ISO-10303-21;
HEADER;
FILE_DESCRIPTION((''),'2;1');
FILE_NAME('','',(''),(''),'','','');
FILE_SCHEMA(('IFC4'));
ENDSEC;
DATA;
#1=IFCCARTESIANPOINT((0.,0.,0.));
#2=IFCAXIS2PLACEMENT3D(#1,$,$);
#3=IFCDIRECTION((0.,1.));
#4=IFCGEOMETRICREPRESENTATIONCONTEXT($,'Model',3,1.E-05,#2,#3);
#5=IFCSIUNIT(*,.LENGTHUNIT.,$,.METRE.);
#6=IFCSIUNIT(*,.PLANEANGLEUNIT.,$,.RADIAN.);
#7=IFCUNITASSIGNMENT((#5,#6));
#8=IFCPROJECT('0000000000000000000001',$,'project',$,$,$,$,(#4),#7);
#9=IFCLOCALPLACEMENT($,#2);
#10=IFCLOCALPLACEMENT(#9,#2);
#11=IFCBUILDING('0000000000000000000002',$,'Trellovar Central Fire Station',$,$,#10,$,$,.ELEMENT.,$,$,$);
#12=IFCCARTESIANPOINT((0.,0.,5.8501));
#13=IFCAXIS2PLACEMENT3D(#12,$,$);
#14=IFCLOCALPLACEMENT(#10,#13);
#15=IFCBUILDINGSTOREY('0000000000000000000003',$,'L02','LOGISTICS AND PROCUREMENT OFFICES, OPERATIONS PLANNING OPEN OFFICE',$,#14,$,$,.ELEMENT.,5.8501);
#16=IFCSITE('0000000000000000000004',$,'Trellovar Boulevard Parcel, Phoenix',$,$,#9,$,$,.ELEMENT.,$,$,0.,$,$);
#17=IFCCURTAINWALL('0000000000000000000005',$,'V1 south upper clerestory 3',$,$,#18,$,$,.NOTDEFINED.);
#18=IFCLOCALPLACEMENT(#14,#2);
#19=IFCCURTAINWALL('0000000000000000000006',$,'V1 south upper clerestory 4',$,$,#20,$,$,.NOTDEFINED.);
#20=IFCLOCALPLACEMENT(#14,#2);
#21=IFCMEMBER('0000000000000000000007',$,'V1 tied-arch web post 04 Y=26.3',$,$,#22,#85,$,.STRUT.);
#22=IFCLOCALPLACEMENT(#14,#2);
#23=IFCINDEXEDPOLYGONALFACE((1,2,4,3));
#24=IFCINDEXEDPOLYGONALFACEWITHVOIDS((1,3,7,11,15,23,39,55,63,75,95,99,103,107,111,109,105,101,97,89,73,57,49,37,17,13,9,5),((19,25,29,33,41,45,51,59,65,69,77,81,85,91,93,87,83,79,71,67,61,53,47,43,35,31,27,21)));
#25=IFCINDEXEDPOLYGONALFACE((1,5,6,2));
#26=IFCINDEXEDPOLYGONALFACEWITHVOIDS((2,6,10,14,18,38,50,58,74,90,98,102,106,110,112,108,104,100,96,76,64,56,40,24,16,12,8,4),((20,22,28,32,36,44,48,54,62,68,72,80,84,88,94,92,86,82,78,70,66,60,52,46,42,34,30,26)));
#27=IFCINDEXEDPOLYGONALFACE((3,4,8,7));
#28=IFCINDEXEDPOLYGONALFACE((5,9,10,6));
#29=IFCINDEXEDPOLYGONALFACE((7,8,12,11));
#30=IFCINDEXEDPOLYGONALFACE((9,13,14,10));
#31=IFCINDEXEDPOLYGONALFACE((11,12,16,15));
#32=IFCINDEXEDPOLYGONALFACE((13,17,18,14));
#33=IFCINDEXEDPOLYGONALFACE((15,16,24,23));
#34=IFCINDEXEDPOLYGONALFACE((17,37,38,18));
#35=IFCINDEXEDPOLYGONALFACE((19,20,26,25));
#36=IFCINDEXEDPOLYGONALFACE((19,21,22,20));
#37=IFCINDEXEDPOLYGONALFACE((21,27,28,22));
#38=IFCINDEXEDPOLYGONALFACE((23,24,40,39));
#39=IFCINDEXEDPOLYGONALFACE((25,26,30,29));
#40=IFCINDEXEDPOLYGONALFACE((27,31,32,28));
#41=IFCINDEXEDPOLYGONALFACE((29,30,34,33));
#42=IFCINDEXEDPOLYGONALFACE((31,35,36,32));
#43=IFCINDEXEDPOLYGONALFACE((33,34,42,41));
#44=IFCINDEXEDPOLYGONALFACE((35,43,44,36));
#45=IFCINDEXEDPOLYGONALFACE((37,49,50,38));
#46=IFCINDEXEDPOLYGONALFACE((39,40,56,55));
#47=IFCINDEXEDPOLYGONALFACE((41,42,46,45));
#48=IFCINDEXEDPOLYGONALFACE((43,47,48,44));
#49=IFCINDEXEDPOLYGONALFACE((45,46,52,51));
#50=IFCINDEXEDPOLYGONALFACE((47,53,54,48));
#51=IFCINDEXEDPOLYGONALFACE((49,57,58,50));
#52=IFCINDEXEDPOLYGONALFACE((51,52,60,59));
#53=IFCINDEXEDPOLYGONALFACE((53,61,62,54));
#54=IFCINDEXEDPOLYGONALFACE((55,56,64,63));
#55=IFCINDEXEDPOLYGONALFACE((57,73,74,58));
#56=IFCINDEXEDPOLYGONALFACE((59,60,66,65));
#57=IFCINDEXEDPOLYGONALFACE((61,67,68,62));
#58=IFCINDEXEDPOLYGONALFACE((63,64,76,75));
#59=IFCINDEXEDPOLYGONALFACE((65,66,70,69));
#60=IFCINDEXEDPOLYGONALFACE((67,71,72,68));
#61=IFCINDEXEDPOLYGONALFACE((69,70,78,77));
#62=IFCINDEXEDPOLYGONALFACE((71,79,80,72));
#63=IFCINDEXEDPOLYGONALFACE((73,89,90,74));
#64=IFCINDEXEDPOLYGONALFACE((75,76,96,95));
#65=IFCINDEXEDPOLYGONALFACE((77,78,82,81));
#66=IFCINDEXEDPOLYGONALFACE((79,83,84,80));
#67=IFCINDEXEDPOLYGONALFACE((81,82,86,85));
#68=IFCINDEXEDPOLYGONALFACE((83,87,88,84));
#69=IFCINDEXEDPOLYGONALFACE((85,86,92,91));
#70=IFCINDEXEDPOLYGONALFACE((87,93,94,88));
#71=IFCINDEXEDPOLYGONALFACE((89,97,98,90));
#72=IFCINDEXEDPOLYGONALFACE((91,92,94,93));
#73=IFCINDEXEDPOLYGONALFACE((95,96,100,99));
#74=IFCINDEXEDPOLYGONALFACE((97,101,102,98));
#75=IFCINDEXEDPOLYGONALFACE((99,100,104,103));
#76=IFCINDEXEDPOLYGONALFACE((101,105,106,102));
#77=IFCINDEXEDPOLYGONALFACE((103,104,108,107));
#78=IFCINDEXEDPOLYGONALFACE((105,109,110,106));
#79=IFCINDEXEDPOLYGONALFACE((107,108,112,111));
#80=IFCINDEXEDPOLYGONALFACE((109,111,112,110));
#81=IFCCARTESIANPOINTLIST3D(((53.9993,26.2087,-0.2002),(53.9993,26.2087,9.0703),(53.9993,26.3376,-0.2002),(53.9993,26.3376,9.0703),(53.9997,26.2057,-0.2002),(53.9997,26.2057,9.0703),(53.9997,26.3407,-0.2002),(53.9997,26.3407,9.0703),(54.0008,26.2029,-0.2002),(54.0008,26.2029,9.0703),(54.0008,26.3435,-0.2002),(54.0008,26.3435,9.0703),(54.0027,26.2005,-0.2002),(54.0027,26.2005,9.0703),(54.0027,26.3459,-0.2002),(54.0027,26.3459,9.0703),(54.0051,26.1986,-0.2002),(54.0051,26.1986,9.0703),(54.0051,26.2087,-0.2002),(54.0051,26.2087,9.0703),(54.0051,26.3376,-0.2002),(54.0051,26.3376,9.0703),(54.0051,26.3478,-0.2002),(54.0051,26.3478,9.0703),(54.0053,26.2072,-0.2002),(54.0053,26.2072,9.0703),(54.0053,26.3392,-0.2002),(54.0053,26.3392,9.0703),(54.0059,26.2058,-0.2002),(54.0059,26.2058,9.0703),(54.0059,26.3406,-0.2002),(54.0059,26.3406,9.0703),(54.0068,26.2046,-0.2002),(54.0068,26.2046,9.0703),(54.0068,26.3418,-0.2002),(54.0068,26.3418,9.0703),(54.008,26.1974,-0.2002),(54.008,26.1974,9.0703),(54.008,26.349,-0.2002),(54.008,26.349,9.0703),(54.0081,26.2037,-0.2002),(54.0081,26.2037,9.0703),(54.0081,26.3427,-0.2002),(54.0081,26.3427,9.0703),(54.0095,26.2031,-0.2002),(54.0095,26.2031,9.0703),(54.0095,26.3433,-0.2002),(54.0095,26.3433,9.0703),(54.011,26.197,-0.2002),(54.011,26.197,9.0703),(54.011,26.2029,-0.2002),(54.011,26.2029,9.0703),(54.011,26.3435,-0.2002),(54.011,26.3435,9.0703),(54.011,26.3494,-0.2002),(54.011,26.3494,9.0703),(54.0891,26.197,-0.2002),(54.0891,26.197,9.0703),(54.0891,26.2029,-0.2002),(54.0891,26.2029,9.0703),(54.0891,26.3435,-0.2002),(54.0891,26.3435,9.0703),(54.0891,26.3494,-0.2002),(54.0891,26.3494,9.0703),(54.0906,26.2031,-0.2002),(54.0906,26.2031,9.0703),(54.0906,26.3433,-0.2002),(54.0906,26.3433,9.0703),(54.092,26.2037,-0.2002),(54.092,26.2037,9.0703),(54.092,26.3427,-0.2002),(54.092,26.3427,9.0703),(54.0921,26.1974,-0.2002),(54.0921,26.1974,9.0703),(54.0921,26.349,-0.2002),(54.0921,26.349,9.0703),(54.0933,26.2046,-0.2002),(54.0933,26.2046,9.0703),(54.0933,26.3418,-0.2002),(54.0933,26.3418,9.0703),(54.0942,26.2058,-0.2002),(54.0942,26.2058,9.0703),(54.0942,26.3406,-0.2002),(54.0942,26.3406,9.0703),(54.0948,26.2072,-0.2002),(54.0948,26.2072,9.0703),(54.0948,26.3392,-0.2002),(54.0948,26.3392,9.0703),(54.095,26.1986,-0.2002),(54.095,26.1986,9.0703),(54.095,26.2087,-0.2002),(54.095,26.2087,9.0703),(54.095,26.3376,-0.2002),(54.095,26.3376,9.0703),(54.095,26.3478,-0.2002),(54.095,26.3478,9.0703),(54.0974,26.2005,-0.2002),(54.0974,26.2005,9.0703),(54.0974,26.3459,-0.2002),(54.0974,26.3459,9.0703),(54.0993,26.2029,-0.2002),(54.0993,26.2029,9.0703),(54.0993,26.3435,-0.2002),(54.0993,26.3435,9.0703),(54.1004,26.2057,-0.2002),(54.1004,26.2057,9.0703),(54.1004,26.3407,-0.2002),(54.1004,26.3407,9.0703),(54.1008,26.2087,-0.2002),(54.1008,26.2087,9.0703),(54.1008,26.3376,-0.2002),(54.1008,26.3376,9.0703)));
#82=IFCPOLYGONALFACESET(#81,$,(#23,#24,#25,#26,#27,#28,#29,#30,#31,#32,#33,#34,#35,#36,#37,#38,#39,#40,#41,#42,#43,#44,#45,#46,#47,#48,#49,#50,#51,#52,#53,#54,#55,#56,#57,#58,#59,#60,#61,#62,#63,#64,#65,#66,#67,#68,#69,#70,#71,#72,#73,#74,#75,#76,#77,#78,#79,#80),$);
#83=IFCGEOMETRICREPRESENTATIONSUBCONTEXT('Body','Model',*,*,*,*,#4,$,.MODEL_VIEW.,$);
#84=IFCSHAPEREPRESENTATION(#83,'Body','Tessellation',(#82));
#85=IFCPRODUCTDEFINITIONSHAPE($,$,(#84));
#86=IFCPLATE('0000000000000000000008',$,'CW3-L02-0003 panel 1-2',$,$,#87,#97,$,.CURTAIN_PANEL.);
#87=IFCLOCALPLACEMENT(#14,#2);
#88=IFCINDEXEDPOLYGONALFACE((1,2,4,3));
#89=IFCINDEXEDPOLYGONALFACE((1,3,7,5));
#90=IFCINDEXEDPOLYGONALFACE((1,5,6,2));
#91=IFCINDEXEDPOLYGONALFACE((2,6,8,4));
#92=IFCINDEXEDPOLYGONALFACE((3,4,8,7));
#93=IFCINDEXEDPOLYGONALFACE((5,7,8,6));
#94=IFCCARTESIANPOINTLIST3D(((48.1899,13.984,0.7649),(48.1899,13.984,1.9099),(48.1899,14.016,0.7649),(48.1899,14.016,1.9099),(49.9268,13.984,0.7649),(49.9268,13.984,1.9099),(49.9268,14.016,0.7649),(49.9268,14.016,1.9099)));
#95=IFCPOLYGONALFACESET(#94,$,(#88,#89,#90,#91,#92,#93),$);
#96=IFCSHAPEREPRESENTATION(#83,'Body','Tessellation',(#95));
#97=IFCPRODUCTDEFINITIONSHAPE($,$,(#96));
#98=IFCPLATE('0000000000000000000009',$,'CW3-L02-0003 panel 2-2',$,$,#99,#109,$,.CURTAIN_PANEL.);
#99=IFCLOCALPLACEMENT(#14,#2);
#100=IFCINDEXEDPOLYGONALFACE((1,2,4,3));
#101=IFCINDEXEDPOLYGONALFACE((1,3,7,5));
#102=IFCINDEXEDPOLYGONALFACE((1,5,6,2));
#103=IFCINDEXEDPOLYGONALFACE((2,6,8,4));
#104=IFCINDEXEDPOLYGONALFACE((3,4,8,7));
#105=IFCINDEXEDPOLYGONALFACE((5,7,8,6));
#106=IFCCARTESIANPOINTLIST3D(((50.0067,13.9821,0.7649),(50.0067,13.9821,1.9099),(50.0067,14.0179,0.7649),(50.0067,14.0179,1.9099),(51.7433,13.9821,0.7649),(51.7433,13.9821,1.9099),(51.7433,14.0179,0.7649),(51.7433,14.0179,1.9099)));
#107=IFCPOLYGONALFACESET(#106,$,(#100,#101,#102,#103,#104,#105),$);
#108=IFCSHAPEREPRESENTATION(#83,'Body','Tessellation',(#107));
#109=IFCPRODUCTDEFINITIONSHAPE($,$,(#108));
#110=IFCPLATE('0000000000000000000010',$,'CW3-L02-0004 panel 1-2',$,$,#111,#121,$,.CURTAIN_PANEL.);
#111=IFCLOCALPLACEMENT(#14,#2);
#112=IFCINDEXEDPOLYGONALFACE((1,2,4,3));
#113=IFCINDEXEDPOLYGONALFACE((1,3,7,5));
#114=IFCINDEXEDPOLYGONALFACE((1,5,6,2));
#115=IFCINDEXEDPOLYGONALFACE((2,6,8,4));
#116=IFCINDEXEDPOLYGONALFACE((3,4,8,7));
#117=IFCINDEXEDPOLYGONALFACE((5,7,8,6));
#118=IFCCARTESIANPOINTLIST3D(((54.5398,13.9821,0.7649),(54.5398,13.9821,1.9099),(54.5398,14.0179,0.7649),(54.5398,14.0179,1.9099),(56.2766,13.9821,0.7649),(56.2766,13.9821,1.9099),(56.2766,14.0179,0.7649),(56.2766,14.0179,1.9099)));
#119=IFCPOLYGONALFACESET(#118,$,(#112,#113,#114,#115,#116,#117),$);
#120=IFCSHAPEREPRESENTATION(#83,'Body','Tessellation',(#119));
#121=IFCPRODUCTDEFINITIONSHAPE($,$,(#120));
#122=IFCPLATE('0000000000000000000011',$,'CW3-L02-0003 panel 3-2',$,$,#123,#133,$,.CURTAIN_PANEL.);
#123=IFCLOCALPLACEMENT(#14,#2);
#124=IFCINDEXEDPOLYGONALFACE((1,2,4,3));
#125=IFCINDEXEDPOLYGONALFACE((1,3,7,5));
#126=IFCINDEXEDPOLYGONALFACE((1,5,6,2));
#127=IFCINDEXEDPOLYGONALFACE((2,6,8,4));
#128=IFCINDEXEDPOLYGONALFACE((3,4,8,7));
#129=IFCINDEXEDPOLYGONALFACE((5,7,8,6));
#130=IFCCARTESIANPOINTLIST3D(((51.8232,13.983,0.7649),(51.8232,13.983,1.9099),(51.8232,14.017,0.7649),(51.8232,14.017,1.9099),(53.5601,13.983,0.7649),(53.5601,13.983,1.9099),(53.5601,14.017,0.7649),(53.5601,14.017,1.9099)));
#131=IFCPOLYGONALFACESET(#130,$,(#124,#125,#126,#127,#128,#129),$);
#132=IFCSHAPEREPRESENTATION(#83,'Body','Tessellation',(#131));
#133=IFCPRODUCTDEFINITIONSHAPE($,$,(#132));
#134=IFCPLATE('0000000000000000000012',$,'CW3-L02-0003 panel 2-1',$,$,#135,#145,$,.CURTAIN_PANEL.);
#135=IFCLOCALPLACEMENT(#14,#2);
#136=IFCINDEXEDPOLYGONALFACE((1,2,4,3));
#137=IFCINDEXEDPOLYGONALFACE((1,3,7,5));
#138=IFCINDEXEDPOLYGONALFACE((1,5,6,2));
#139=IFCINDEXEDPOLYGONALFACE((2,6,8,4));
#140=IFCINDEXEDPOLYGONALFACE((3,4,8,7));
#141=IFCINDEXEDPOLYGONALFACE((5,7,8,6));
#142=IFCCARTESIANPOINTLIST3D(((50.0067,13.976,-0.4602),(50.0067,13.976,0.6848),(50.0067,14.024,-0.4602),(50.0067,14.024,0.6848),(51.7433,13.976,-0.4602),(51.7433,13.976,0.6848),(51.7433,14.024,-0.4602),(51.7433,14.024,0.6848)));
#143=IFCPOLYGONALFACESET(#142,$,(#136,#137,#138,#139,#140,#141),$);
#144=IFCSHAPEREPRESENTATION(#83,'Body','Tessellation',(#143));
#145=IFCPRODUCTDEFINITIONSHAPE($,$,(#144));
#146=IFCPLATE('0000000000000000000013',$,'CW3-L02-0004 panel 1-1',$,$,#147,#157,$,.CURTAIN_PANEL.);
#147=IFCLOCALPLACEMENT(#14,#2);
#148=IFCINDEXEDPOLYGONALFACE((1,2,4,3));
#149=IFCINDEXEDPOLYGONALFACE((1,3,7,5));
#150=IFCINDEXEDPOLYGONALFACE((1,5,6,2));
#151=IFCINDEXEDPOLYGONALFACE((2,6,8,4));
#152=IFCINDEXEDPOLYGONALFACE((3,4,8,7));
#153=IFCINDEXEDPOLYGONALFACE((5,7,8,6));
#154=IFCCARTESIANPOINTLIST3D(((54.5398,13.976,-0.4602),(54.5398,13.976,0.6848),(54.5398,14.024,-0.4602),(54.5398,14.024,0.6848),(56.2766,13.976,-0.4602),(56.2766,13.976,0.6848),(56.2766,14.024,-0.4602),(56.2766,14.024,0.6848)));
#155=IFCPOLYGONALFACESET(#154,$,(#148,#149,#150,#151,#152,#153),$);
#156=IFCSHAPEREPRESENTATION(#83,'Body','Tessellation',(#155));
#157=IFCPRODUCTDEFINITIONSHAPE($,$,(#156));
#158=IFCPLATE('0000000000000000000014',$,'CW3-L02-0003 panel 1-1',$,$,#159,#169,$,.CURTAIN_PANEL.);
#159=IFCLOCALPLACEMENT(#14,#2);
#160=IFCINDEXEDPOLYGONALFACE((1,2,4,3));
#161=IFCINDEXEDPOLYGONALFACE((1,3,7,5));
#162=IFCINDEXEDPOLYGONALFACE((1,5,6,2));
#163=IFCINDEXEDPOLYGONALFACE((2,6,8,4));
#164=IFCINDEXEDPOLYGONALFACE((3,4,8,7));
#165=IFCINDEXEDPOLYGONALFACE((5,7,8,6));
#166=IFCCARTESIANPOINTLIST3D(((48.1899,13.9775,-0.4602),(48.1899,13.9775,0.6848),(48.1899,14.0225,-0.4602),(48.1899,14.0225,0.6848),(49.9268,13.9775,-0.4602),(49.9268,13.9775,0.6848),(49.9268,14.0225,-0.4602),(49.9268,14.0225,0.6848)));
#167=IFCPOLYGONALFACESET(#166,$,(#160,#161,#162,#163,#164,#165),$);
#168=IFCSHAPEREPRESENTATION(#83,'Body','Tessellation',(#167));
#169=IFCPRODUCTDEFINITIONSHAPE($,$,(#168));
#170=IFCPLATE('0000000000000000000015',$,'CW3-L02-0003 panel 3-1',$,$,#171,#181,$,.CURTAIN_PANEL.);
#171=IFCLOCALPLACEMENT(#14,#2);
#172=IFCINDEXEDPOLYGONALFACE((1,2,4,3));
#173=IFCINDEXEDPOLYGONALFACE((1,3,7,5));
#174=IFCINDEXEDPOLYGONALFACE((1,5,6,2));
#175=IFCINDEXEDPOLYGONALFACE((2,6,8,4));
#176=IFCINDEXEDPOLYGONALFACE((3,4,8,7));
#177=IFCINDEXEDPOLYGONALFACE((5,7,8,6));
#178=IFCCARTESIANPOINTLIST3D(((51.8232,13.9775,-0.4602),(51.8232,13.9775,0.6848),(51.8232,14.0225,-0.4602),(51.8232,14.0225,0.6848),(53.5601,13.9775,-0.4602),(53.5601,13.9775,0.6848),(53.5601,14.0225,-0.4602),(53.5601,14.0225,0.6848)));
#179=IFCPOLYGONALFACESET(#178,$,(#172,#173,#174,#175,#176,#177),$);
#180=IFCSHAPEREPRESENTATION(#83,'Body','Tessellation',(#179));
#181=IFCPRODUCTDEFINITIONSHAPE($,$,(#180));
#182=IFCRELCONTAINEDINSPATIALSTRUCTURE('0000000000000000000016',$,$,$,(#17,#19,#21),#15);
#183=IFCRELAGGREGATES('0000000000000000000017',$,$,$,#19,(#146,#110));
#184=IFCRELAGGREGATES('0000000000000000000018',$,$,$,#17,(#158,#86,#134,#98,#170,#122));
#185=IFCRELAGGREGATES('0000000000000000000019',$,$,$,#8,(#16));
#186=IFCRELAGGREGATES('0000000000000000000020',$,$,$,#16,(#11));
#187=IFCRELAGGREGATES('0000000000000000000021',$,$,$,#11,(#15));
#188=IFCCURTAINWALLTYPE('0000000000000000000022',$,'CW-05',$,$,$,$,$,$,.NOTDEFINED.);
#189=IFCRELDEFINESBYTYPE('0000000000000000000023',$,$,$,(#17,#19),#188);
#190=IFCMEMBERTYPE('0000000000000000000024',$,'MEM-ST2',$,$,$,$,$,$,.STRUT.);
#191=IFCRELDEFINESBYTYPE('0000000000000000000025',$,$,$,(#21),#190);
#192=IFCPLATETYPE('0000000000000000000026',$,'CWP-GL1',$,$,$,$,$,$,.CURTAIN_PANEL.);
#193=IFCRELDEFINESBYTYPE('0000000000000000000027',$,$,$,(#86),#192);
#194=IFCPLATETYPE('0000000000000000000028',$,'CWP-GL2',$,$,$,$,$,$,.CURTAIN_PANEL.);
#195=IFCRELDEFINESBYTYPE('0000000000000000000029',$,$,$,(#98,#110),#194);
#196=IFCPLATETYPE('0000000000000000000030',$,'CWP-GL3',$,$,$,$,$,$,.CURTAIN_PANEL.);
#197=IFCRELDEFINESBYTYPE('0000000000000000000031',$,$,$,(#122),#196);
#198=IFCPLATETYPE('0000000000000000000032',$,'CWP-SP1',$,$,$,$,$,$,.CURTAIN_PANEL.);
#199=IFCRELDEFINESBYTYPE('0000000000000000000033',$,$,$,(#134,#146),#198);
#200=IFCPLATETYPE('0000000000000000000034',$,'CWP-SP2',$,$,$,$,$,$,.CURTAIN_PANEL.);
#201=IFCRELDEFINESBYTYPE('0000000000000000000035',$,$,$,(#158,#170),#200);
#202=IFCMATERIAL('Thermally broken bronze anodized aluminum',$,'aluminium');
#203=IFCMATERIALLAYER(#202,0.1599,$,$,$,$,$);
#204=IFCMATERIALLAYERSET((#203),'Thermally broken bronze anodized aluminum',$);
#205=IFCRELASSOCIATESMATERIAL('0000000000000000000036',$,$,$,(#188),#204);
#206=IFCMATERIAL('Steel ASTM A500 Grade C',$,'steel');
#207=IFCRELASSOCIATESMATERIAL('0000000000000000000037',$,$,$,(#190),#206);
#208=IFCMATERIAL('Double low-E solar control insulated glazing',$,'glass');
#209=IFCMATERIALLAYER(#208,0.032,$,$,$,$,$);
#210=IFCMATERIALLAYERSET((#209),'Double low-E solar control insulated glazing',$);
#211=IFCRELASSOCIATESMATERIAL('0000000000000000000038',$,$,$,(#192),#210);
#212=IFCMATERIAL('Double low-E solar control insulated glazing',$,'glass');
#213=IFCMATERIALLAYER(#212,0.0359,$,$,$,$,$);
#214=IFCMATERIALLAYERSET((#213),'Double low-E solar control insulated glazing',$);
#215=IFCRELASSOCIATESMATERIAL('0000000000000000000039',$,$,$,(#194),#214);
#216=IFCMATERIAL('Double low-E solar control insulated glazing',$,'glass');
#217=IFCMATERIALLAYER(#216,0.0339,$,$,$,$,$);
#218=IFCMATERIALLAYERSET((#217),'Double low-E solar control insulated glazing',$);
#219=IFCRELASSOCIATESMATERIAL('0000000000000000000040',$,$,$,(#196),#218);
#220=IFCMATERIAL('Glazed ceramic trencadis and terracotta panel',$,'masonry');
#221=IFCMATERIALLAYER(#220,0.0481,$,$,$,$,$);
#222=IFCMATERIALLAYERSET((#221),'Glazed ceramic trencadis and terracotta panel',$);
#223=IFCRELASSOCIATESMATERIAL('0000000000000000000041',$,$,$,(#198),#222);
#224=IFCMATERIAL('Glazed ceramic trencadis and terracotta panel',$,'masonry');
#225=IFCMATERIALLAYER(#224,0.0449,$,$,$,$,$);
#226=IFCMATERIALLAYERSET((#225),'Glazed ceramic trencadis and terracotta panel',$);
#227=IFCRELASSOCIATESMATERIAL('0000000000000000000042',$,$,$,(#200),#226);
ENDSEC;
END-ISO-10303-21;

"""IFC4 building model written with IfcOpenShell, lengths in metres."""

from ifc_helpers import new_model, si_unit, direction, frame, origin, origin_2d, place, context, subcontext, project, spatial, rectangle, hollow_rectangle, extrude, material, layer, layer_set, material_profile, profile_set, type_object, element, aggregate, save


model = new_model("IFC4")

# Units and contexts
model_context = context("Model", 3, precision=1e-05, world=origin(), true_north=direction((0.0, 1.0)))
body_context = subcontext(model_context, "Body", "Model", "MODEL_VIEW")
ifc_project = project(units=[si_unit("LENGTHUNIT", "METRE"), si_unit("PLANEANGLEUNIT", "RADIAN")], contexts=[model_context])

# Site, building, storey
site_placement = place(None, origin())
site = spatial("IfcSite", under=ifc_project, at=site_placement, Name="Trellovar Boulevard Parcel, Phoenix", CompositionType="ELEMENT", RefElevation=0.0)
building_placement = place(site_placement, origin())
building = spatial("IfcBuilding", under=site, at=building_placement, Name="Trellovar Central Fire Station", CompositionType="ELEMENT")
storey_placement = place(building_placement, frame((0.0, 0.0, 5.8501)))
storey = spatial("IfcBuildingStorey", under=building, at=storey_placement, Name="L02", Description="LOGISTICS AND PROCUREMENT OFFICES, OPERATIONS PLANNING OPEN OFFICE", CompositionType="ELEMENT", Elevation=5.8501)

# Curtain wall
ifc_material_1 = material(Name="Thermally broken bronze anodized aluminum", Category="aluminium")
ifc_layer_1 = layer(ifc_material_1, 0.1599)
ifc_layer_set_1 = layer_set([ifc_layer_1], Name="Thermally broken bronze anodized aluminum")
curtain_wall_type = type_object("IfcCurtainWallType", Name="CW-05", PredefinedType="NOTDEFINED", material=ifc_layer_set_1)
curtain_wall_1_placement = place(storey_placement, origin())
curtain_wall_1 = element("IfcCurtainWall", 1, at=curtain_wall_1_placement, inside=storey, type_object=curtain_wall_type, Name="V1 south upper clerestory 3", PredefinedType="NOTDEFINED")

# Curtain wall
curtain_wall_2_placement = place(storey_placement, origin())
curtain_wall_2 = element("IfcCurtainWall", 2, at=curtain_wall_2_placement, inside=storey, type_object=curtain_wall_type, Name="V1 south upper clerestory 4", PredefinedType="NOTDEFINED")

# Member
ifc_material_2 = material(Name="Steel ASTM A500 Grade C", Category="steel")
ifc_material_profile_1 = material_profile(ifc_material_2, hollow_rectangle(XDim=0.1016, YDim=0.1523, WallThickness=0.0059, InnerFilletRadius=0.0059, OuterFilletRadius=0.0117, at=origin_2d()), Name="HSS6X4X1/4")
ifc_profile_set_1 = profile_set([ifc_material_profile_1], Name="Steel ASTM A500 Grade C")
member_type_1 = type_object("IfcMemberType", Name="MEM-ST2", PredefinedType="STRUT", material=ifc_profile_set_1)
member_1_placement = place(storey_placement, frame((54.05, 26.2732, -0.2002), z_axis=(0.0, 0.0, 1.0), x_axis=(1.0, 0.0, 0.0)))
element("IfcMember", 3, at=member_1_placement, inside=storey, type_object=member_type_1, Name="V1 tied-arch web post 04 Y=26.3", PredefinedType="STRUT", context=body_context, shape_type="SweptSolid", body=[
    extrude(hollow_rectangle(XDim=0.1016, YDim=0.1523, WallThickness=0.0059, InnerFilletRadius=0.0059, OuterFilletRadius=0.0117, at=origin_2d()), origin(), (0.0, 0.0, 1.0), 9.2705),
])

# Plates
ifc_material_3 = material(Name="Double low-E solar control insulated glazing", Category="glass")
ifc_layer_2 = layer(ifc_material_3, 0.032)
ifc_layer_set_2 = layer_set([ifc_layer_2], Name="Double low-E solar control insulated glazing")
plate_type_1 = type_object("IfcPlateType", Name="CWP-GL1", PredefinedType="CURTAIN_PANEL", material=ifc_layer_set_2)
plate_1_placement = place(storey_placement, frame((49.0583, 14.0, 0.7649), z_axis=(0.0, 0.0, 1.0), x_axis=(1.0, 0.0, 0.0)))
plate_1 = element("IfcPlate", 4, at=plate_1_placement, type_object=plate_type_1, Name="CW3-L02-0003 panel 1-2", PredefinedType="CURTAIN_PANEL", context=body_context, shape_type="SweptSolid", body=[
    extrude(rectangle(XDim=1.7368, YDim=0.032, at=origin_2d()), origin(), (0.0, 0.0, 1.0), 1.145),
])
ifc_material_4 = material(Name="Double low-E solar control insulated glazing", Category="glass")
ifc_layer_3 = layer(ifc_material_4, 0.0359)
ifc_layer_set_3 = layer_set([ifc_layer_3], Name="Double low-E solar control insulated glazing")
plate_type_2 = type_object("IfcPlateType", Name="CWP-GL2", PredefinedType="CURTAIN_PANEL", material=ifc_layer_set_3)
plate_2_placement = place(storey_placement, frame((50.875, 14.0, 0.7649), z_axis=(0.0, 0.0, 1.0), x_axis=(1.0, 0.0, 0.0)))
plate_2 = element("IfcPlate", 5, at=plate_2_placement, type_object=plate_type_2, Name="CW3-L02-0003 panel 2-2", PredefinedType="CURTAIN_PANEL", context=body_context, shape_type="SweptSolid", body=[
    extrude(rectangle(XDim=1.7366, YDim=0.0359, at=origin_2d()), origin(), (0.0, 0.0, 1.0), 1.145),
])
plate_3_placement = place(storey_placement, frame((55.4082, 14.0, 0.7649), z_axis=(0.0, 0.0, 1.0), x_axis=(1.0, 0.0, 0.0)))
plate_3 = element("IfcPlate", 6, at=plate_3_placement, type_object=plate_type_2, Name="CW3-L02-0004 panel 1-2", PredefinedType="CURTAIN_PANEL", context=body_context, shape_type="SweptSolid", body=[
    extrude(rectangle(XDim=1.7368, YDim=0.0359, at=origin_2d()), origin(), (0.0, 0.0, 1.0), 1.145),
])
ifc_material_5 = material(Name="Double low-E solar control insulated glazing", Category="glass")
ifc_layer_4 = layer(ifc_material_5, 0.0339)
ifc_layer_set_4 = layer_set([ifc_layer_4], Name="Double low-E solar control insulated glazing")
plate_type_3 = type_object("IfcPlateType", Name="CWP-GL3", PredefinedType="CURTAIN_PANEL", material=ifc_layer_set_4)
plate_4_placement = place(storey_placement, frame((52.6917, 14.0, 0.7649), z_axis=(0.0, 0.0, 1.0), x_axis=(1.0, 0.0, 0.0)))
plate_4 = element("IfcPlate", 7, at=plate_4_placement, type_object=plate_type_3, Name="CW3-L02-0003 panel 3-2", PredefinedType="CURTAIN_PANEL", context=body_context, shape_type="SweptSolid", body=[
    extrude(rectangle(XDim=1.7368, YDim=0.0339, at=origin_2d()), origin(), (0.0, 0.0, 1.0), 1.145),
])
ifc_material_6 = material(Name="Glazed ceramic trencadis and terracotta panel", Category="masonry")
ifc_layer_5 = layer(ifc_material_6, 0.0481)
ifc_layer_set_5 = layer_set([ifc_layer_5], Name="Glazed ceramic trencadis and terracotta panel")
plate_type_4 = type_object("IfcPlateType", Name="CWP-SP1", PredefinedType="CURTAIN_PANEL", material=ifc_layer_set_5)
plate_5_placement = place(storey_placement, frame((50.875, 14.0, -0.4602), z_axis=(0.0, 0.0, 1.0), x_axis=(1.0, 0.0, 0.0)))
plate_5 = element("IfcPlate", 8, at=plate_5_placement, type_object=plate_type_4, Name="CW3-L02-0003 panel 2-1", PredefinedType="CURTAIN_PANEL", context=body_context, shape_type="SweptSolid", body=[
    extrude(rectangle(XDim=1.7366, YDim=0.0481, at=origin_2d()), origin(), (0.0, 0.0, 1.0), 1.145),
])
plate_6_placement = place(storey_placement, frame((55.4082, 14.0, -0.4602), z_axis=(0.0, 0.0, 1.0), x_axis=(1.0, 0.0, 0.0)))
plate_6 = element("IfcPlate", 9, at=plate_6_placement, type_object=plate_type_4, Name="CW3-L02-0004 panel 1-1", PredefinedType="CURTAIN_PANEL", context=body_context, shape_type="SweptSolid", body=[
    extrude(rectangle(XDim=1.7368, YDim=0.0481, at=origin_2d()), origin(), (0.0, 0.0, 1.0), 1.145),
])
aggregate(curtain_wall_2, [plate_6, plate_3])
ifc_material_7 = material(Name="Glazed ceramic trencadis and terracotta panel", Category="masonry")
ifc_layer_6 = layer(ifc_material_7, 0.0449)
ifc_layer_set_6 = layer_set([ifc_layer_6], Name="Glazed ceramic trencadis and terracotta panel")
plate_type_5 = type_object("IfcPlateType", Name="CWP-SP2", PredefinedType="CURTAIN_PANEL", material=ifc_layer_set_6)
plate_7_placement = place(storey_placement, frame((49.0583, 14.0, -0.4602), z_axis=(0.0, 0.0, 1.0), x_axis=(1.0, 0.0, 0.0)))
plate_7 = element("IfcPlate", 10, at=plate_7_placement, type_object=plate_type_5, Name="CW3-L02-0003 panel 1-1", PredefinedType="CURTAIN_PANEL", context=body_context, shape_type="SweptSolid", body=[
    extrude(rectangle(XDim=1.7368, YDim=0.0449, at=origin_2d()), origin(), (0.0, 0.0, 1.0), 1.145),
])
plate_8_placement = place(storey_placement, frame((52.6917, 14.0, -0.4602), z_axis=(0.0, 0.0, 1.0), x_axis=(1.0, 0.0, 0.0)))
plate_8 = element("IfcPlate", 11, at=plate_8_placement, type_object=plate_type_5, Name="CW3-L02-0003 panel 3-1", PredefinedType="CURTAIN_PANEL", context=body_context, shape_type="SweptSolid", body=[
    extrude(rectangle(XDim=1.7368, YDim=0.0449, at=origin_2d()), origin(), (0.0, 0.0, 1.0), 1.145),
])
aggregate(curtain_wall_1, [plate_7, plate_1, plate_5, plate_2, plate_8, plate_4])

save(model, "model.ifc")
